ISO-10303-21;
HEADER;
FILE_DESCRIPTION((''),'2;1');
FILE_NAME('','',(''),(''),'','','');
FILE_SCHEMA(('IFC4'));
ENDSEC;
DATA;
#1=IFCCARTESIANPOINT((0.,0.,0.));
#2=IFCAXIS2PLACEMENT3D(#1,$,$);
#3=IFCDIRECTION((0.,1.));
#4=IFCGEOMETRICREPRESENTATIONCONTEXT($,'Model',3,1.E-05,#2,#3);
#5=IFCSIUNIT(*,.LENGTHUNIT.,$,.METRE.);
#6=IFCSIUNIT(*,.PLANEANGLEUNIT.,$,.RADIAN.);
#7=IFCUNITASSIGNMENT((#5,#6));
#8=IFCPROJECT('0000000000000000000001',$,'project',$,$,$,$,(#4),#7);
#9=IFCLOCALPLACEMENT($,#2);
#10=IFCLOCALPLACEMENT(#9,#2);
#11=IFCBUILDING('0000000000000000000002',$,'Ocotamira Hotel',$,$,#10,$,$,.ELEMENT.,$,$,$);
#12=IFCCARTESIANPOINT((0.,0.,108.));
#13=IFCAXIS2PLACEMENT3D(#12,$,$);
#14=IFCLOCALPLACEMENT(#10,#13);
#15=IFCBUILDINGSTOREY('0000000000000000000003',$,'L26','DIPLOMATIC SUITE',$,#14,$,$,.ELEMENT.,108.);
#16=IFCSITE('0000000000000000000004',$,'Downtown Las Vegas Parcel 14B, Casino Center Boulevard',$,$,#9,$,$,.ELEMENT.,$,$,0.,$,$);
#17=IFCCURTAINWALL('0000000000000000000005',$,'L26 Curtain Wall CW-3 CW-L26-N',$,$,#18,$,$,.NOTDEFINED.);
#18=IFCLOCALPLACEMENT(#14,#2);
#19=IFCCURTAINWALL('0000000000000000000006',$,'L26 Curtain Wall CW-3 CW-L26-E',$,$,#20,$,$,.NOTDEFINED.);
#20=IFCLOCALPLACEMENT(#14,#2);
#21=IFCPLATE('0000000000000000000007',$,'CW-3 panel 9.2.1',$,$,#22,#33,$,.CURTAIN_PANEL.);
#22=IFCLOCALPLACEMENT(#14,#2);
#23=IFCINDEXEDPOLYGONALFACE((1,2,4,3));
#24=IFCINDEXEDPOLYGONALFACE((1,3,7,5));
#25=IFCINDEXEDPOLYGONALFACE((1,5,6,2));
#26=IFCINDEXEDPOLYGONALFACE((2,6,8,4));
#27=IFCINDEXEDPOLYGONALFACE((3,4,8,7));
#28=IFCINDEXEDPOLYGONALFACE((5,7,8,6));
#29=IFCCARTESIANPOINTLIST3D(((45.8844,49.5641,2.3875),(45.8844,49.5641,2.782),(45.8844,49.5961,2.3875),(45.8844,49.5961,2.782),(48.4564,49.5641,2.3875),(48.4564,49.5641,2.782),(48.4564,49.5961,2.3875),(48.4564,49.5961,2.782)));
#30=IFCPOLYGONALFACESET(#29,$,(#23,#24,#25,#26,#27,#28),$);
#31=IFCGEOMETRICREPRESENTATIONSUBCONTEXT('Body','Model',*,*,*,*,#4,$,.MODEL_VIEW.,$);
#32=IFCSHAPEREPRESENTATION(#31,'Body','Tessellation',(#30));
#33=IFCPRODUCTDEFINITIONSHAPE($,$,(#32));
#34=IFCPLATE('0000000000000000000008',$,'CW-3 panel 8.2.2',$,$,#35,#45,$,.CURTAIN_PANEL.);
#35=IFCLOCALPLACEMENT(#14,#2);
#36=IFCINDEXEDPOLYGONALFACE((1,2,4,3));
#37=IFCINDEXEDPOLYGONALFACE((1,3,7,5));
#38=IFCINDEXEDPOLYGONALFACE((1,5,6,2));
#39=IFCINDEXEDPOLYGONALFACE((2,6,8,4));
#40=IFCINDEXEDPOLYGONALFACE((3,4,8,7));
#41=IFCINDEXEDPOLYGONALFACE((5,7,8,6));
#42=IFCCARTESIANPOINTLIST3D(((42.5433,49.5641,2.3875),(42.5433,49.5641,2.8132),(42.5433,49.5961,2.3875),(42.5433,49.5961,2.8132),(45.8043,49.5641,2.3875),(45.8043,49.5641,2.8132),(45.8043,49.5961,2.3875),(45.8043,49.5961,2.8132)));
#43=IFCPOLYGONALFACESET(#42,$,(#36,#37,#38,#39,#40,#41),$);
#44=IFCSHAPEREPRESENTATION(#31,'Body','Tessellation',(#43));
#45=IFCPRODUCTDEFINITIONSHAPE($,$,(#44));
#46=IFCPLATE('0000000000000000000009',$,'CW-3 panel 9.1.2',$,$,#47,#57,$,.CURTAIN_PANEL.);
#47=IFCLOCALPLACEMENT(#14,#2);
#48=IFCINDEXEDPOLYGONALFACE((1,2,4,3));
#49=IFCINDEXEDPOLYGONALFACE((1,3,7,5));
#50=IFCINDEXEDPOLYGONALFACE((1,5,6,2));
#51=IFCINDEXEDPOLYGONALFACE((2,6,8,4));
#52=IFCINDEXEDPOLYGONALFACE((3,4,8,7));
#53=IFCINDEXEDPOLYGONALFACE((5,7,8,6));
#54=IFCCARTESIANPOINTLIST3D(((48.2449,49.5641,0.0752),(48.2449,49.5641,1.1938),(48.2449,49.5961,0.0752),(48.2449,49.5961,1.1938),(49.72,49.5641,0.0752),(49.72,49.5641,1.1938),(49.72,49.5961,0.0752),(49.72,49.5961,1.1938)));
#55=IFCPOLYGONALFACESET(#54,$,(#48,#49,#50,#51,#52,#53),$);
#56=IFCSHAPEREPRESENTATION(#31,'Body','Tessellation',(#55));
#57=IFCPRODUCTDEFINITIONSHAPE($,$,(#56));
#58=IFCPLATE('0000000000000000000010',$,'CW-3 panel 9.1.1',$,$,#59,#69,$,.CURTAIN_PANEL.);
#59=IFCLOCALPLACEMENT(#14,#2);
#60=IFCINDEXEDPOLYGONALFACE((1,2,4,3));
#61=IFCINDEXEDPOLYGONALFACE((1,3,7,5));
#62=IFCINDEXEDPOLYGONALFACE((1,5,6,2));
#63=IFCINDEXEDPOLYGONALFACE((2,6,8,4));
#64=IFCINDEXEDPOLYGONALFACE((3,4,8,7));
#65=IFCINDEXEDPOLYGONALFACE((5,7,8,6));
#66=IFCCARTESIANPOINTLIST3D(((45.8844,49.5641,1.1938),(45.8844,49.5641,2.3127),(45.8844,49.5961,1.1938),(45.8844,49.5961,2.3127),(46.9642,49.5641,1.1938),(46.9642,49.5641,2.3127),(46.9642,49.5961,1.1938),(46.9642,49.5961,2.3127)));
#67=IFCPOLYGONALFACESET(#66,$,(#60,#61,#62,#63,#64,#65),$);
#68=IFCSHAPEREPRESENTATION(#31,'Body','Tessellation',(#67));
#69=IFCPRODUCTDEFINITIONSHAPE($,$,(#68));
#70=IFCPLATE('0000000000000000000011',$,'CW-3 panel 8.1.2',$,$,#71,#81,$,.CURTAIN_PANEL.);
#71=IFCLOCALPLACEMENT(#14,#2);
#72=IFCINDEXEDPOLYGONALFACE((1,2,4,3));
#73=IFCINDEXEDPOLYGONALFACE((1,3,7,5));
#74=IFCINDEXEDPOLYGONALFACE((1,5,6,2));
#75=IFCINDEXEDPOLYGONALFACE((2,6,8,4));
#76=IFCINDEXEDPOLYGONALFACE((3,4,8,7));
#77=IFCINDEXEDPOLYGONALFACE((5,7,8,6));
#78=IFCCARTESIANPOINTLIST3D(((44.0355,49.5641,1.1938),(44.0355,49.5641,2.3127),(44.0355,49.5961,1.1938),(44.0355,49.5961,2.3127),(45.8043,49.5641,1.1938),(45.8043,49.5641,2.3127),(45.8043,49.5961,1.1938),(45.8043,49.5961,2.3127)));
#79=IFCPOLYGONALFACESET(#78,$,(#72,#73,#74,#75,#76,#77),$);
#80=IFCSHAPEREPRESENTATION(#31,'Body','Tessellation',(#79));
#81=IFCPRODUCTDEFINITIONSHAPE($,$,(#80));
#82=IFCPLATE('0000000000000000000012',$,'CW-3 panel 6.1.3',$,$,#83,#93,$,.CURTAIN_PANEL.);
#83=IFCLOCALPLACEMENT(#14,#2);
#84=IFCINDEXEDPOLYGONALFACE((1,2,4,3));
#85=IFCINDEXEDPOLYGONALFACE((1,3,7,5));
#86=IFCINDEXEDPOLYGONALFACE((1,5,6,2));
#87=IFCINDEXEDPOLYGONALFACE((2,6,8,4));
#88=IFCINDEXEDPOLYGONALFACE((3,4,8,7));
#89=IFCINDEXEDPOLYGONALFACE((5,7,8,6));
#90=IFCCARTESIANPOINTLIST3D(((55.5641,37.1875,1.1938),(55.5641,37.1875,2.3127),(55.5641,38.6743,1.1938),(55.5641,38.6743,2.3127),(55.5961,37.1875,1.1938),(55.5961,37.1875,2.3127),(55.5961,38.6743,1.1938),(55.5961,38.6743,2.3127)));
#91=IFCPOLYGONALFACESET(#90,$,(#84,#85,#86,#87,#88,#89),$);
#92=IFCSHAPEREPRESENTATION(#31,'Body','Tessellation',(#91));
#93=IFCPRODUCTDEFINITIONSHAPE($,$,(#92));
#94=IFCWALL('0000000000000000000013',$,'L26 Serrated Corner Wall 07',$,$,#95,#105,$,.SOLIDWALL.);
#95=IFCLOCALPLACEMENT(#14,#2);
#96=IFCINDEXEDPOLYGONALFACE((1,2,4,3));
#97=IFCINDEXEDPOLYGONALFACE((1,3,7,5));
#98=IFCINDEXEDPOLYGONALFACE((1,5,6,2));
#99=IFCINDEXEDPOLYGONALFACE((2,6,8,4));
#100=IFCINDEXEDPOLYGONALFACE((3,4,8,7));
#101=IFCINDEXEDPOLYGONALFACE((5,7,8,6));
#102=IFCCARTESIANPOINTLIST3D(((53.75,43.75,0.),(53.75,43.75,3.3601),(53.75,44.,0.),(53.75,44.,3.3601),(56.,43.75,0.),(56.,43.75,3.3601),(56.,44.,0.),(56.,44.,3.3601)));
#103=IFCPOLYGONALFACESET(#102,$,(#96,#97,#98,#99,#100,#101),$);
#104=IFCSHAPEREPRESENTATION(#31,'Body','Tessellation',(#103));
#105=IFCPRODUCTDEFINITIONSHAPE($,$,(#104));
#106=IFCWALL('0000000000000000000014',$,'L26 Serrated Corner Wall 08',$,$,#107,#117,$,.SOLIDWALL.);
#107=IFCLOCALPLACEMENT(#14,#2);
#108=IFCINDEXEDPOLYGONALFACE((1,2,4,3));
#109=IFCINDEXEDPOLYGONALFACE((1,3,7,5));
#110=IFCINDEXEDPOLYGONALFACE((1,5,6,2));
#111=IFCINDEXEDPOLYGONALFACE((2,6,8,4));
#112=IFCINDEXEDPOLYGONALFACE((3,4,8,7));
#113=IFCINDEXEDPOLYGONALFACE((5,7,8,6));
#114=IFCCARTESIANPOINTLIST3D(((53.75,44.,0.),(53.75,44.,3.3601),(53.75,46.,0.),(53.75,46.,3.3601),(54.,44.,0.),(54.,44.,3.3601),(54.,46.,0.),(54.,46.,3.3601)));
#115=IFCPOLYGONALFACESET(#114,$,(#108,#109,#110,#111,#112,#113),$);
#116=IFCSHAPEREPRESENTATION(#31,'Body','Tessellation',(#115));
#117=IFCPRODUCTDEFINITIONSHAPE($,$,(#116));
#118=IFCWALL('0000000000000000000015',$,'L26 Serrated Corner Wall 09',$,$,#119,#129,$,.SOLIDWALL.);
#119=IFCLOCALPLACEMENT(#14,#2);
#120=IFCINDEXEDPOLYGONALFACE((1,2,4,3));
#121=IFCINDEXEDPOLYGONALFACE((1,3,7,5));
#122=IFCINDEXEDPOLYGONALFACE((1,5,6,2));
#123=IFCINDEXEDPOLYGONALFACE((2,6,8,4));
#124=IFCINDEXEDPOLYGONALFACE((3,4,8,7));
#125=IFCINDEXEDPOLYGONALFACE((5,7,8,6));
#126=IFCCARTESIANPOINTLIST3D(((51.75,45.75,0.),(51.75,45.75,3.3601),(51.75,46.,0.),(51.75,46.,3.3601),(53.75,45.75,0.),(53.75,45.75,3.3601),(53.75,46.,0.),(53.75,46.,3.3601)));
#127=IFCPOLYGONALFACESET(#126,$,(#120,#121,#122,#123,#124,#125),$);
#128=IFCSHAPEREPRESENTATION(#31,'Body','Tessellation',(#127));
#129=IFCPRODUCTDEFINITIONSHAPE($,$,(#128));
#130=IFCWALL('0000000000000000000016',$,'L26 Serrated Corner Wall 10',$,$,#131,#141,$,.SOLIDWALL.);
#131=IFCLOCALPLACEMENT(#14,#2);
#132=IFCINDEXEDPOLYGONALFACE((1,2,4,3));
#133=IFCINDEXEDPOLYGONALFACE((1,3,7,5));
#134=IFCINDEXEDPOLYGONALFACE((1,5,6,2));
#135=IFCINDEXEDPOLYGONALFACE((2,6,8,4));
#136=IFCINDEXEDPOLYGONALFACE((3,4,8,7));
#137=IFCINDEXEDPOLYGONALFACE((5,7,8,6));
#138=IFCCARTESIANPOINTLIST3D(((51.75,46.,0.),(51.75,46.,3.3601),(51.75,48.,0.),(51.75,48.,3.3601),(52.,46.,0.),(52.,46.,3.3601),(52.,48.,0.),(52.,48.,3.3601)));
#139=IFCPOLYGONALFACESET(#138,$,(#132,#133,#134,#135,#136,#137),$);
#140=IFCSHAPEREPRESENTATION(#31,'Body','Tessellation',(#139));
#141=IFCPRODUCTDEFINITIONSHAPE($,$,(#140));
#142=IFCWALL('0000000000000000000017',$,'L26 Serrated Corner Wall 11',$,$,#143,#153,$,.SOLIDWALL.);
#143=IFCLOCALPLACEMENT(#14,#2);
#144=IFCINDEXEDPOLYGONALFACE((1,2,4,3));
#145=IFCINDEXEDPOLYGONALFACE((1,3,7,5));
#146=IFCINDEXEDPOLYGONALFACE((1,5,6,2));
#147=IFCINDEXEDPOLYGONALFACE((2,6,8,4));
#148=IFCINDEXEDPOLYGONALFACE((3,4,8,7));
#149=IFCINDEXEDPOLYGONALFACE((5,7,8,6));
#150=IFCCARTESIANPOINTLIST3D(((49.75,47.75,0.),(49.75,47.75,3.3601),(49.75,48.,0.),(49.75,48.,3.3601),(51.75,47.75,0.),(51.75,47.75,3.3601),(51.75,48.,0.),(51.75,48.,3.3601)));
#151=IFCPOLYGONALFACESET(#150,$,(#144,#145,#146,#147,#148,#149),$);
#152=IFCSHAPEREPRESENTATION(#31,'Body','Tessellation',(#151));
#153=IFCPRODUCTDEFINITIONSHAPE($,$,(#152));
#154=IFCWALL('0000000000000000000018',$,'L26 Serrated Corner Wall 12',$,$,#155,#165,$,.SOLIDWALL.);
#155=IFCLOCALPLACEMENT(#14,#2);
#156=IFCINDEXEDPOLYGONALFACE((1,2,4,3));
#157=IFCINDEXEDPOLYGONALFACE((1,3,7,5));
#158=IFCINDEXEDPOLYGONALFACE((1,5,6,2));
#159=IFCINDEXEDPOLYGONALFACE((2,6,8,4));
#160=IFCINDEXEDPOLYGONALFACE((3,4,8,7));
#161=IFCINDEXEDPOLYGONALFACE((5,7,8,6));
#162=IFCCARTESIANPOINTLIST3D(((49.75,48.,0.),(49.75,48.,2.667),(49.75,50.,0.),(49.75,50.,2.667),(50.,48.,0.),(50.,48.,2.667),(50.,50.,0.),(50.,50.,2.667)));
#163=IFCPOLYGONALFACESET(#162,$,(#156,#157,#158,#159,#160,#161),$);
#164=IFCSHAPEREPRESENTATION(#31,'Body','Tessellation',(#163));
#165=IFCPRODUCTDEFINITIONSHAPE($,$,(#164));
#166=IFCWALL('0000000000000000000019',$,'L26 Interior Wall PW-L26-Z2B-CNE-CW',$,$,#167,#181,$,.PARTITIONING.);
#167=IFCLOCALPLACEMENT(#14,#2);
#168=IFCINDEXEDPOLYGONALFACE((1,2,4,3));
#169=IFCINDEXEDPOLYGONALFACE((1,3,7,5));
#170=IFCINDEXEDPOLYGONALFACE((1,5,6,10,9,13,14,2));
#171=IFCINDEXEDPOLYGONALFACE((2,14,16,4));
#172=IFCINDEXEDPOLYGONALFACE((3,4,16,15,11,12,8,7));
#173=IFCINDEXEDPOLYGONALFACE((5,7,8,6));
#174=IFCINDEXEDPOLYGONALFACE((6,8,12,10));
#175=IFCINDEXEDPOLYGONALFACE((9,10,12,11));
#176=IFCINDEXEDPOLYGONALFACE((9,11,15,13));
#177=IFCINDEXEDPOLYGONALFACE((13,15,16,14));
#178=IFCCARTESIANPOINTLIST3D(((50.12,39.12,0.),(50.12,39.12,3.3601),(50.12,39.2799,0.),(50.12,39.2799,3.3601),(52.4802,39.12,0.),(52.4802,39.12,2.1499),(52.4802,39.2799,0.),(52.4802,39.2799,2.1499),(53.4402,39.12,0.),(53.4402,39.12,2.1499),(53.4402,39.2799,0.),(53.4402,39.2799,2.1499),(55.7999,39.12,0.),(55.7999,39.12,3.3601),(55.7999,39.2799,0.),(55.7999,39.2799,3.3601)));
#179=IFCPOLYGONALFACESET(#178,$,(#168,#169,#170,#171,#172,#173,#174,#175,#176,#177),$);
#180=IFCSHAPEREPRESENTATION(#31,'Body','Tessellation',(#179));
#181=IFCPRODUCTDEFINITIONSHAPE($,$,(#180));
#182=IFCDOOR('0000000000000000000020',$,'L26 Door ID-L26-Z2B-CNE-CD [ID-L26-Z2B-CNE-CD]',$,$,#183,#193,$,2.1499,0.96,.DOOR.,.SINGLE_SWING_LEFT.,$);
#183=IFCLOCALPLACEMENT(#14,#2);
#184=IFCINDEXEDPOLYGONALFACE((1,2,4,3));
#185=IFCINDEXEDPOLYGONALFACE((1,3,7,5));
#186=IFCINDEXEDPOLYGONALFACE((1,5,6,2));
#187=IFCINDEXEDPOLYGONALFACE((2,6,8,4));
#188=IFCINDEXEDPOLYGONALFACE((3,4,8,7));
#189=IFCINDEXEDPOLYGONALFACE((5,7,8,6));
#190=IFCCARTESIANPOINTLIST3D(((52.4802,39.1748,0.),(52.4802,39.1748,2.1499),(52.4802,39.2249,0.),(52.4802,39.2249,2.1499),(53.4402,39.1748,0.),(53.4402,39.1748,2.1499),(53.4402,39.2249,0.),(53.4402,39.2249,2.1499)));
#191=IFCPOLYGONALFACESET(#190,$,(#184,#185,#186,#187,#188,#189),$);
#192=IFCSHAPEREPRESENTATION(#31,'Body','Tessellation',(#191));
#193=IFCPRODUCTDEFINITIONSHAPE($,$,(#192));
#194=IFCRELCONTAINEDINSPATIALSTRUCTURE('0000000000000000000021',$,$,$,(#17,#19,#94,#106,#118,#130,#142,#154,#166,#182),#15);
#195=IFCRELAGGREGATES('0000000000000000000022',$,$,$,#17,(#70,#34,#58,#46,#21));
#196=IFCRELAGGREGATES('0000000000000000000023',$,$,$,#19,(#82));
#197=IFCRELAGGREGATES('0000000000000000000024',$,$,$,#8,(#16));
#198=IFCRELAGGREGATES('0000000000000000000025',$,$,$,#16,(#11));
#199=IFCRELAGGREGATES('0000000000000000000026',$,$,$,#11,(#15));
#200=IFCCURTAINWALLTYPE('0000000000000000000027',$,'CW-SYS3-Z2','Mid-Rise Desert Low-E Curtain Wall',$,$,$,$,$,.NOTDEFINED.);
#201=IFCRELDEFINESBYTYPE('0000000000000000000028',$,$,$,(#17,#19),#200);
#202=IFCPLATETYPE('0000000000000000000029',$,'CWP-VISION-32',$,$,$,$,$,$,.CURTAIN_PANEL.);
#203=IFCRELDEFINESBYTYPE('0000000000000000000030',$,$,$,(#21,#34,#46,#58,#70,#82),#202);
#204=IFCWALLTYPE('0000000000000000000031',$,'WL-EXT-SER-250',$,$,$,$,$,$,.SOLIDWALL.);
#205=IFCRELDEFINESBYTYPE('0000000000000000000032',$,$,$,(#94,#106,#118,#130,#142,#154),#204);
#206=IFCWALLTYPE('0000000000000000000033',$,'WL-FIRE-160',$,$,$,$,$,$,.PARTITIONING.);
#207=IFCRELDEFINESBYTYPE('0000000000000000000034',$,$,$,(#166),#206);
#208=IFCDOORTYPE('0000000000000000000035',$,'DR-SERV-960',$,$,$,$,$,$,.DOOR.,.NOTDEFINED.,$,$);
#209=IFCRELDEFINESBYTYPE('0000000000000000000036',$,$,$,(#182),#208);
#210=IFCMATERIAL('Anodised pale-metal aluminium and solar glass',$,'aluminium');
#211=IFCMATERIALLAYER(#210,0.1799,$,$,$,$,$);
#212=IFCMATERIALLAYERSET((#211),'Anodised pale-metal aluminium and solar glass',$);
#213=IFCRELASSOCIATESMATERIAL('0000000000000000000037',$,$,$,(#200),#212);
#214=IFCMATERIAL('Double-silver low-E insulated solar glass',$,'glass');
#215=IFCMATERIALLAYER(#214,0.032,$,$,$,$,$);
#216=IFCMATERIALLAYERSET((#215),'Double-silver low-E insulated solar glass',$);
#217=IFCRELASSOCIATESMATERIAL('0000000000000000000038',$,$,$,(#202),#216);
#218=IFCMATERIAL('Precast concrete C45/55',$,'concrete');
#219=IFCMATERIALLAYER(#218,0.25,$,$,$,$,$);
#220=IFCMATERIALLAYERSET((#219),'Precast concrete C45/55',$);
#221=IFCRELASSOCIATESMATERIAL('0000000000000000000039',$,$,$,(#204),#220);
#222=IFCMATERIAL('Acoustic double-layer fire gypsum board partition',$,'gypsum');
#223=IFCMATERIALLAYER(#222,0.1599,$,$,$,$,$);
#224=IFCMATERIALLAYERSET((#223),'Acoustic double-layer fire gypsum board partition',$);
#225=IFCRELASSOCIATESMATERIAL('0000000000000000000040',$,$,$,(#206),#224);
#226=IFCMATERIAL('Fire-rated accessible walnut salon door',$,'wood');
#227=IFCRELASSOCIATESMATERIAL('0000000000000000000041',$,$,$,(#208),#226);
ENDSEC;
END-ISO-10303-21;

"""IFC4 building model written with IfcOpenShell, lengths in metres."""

from ifc_helpers import new_model, si_unit, direction, frame, frame_2d, origin, origin_2d, place, context, subcontext, project, spatial, rectangle, extrude, source, transform, mapped, material, layer, layer_set, type_object, element, fill, aggregate, save


model = new_model("IFC4")

# Units and contexts
model_context = context("Model", 3, precision=1e-05, world=origin(), true_north=direction((0.0, 1.0)))
body_context = subcontext(model_context, "Body", "Model", "MODEL_VIEW")
ifc_project = project(units=[si_unit("LENGTHUNIT", "METRE"), si_unit("PLANEANGLEUNIT", "RADIAN")], contexts=[model_context])

# Site, building, storey
site_placement = place(None, origin())
site = spatial("IfcSite", under=ifc_project, at=site_placement, Name="Downtown Las Vegas Parcel 14B, Casino Center Boulevard", CompositionType="ELEMENT", RefElevation=0.0)
building_placement = place(site_placement, origin())
building = spatial("IfcBuilding", under=site, at=building_placement, Name="Ocotamira Hotel", CompositionType="ELEMENT")
storey_placement = place(building_placement, frame((0.0, 0.0, 108.0)))
storey = spatial("IfcBuildingStorey", under=building, at=storey_placement, Name="L26", Description="DIPLOMATIC SUITE", CompositionType="ELEMENT", Elevation=108.0)

# Curtain walls
ifc_material_1 = material(Name="Anodised pale-metal aluminium and solar glass", Category="aluminium")
ifc_layer_1 = layer(ifc_material_1, 0.1799)
ifc_layer_set_1 = layer_set([ifc_layer_1], Name="Anodised pale-metal aluminium and solar glass")
curtain_wall_type = type_object("IfcCurtainWallType", Name="CW-SYS3-Z2", Description="Mid-Rise Desert Low-E Curtain Wall", PredefinedType="NOTDEFINED", material=ifc_layer_set_1)
curtain_wall_1_placement = place(storey_placement, origin())
curtain_wall_1 = element("IfcCurtainWall", 1, at=curtain_wall_1_placement, inside=storey, type_object=curtain_wall_type, Name="L26 Curtain Wall CW-3 CW-L26-N", PredefinedType="NOTDEFINED")
curtain_wall_2_placement = place(storey_placement, origin())
curtain_wall_2 = element("IfcCurtainWall", 2, at=curtain_wall_2_placement, inside=storey, type_object=curtain_wall_type, Name="L26 Curtain Wall CW-3 CW-L26-E", PredefinedType="NOTDEFINED")

# Plates
ifc_material_2 = material(Name="Double-silver low-E insulated solar glass", Category="glass")
ifc_layer_2 = layer(ifc_material_2, 0.032)
ifc_layer_set_2 = layer_set([ifc_layer_2], Name="Double-silver low-E insulated solar glass")
plate_type_1 = type_object("IfcPlateType", Name="CWP-VISION-32", PredefinedType="CURTAIN_PANEL", material=ifc_layer_set_2)
shared_shape_1 = source(origin(), body_context, "Body", "SweptSolid", [
    extrude(rectangle(XDim=2.572, YDim=0.032, at=origin_2d()), origin(), (0.0, 0.0, 1.0), 0.3945),
])
plate_1_placement = place(storey_placement, frame((47.1704, 49.5801, 2.3875), z_axis=(0.0, 0.0, 1.0), x_axis=(1.0, 0.0, 0.0)))
plate_1 = element("IfcPlate", 3, at=plate_1_placement, type_object=plate_type_1, Name="CW-3 panel 9.2.1", PredefinedType="CURTAIN_PANEL", context=body_context, shape_type="MappedRepresentation", body=[
    mapped(shared_shape_1, transform((0.0, 0.0, 0.0), scale=1.0)),
])
shared_shape_2 = source(origin(), body_context, "Body", "SweptSolid", [
    extrude(rectangle(XDim=3.261, YDim=0.032, at=origin_2d()), origin(), (0.0, 0.0, 1.0), 0.4258),
])
plate_2_placement = place(storey_placement, frame((44.1738, 49.5801, 2.3875), z_axis=(0.0, 0.0, 1.0), x_axis=(1.0, 0.0, 0.0)))
plate_2 = element("IfcPlate", 4, at=plate_2_placement, type_object=plate_type_1, Name="CW-3 panel 8.2.2", PredefinedType="CURTAIN_PANEL", context=body_context, shape_type="MappedRepresentation", body=[
    mapped(shared_shape_2, transform((0.0, 0.0, 0.0), scale=1.0)),
])
shared_shape_3 = source(origin(), body_context, "Body", "SweptSolid", [
    extrude(rectangle(XDim=1.4751, YDim=0.032, at=origin_2d()), origin(), (0.0, 0.0, 1.0), 1.1187),
])
plate_3_placement = place(storey_placement, frame((48.9824, 49.5801, 0.0752), z_axis=(0.0, 0.0, 1.0), x_axis=(1.0, 0.0, 0.0)))
plate_3 = element("IfcPlate", 5, at=plate_3_placement, type_object=plate_type_1, Name="CW-3 panel 9.1.2", PredefinedType="CURTAIN_PANEL", context=body_context, shape_type="MappedRepresentation", body=[
    mapped(shared_shape_3, transform((0.0, 0.0, 0.0), scale=1.0)),
])
shared_shape_4 = source(origin(), body_context, "Body", "SweptSolid", [
    extrude(rectangle(XDim=1.0798, YDim=0.032, at=origin_2d()), origin(), (0.0, 0.0, 1.0), 1.1189),
])
plate_4_placement = place(storey_placement, frame((46.4243, 49.5801, 1.1938), z_axis=(0.0, 0.0, 1.0), x_axis=(1.0, 0.0, 0.0)))
plate_4 = element("IfcPlate", 6, at=plate_4_placement, type_object=plate_type_1, Name="CW-3 panel 9.1.1", PredefinedType="CURTAIN_PANEL", context=body_context, shape_type="MappedRepresentation", body=[
    mapped(shared_shape_4, transform((0.0, 0.0, 0.0), scale=1.0)),
])
shared_shape_5 = source(origin(), body_context, "Body", "SweptSolid", [
    extrude(rectangle(XDim=1.7688, YDim=0.032, at=origin_2d()), origin(), (0.0, 0.0, 1.0), 1.1189),
])
plate_5_placement = place(storey_placement, frame((44.9199, 49.5801, 1.1938), z_axis=(0.0, 0.0, 1.0), x_axis=(1.0, 0.0, 0.0)))
plate_5 = element("IfcPlate", 7, at=plate_5_placement, type_object=plate_type_1, Name="CW-3 panel 8.1.2", PredefinedType="CURTAIN_PANEL", context=body_context, shape_type="MappedRepresentation", body=[
    mapped(shared_shape_5, transform((0.0, 0.0, 0.0), scale=1.0)),
])
aggregate(curtain_wall_1, [plate_5, plate_2, plate_4, plate_3, plate_1])
shared_shape_6 = source(origin(), body_context, "Body", "SweptSolid", [
    extrude(rectangle(XDim=1.4868, YDim=0.032, at=origin_2d()), origin(), (0.0, 0.0, 1.0), 1.1189),
])
plate_6_placement = place(storey_placement, frame((55.5801, 37.9309, 1.1938), z_axis=(0.0, 0.0, 1.0), x_axis=(0.0, 1.0, 0.0)))
plate_6 = element("IfcPlate", 8, at=plate_6_placement, type_object=plate_type_1, Name="CW-3 panel 6.1.3", PredefinedType="CURTAIN_PANEL", context=body_context, shape_type="MappedRepresentation", body=[
    mapped(shared_shape_6, transform((0.0, 0.0, 0.0), scale=1.0)),
])
aggregate(curtain_wall_2, [plate_6])

# Walls
ifc_material_3 = material(Name="Precast concrete C45/55", Category="concrete")
ifc_layer_3 = layer(ifc_material_3, 0.25)
ifc_layer_set_3 = layer_set([ifc_layer_3], Name="Precast concrete C45/55")
wall_type_1 = type_object("IfcWallType", Name="WL-EXT-SER-250", PredefinedType="SOLIDWALL", material=ifc_layer_set_3)
wall_1_placement = place(storey_placement, frame((56.0, 43.875, 0.0), z_axis=(0.0, 0.0, 1.0), x_axis=(-1.0, 0.0, 0.0)))
element("IfcWall", 9, at=wall_1_placement, inside=storey, type_object=wall_type_1, Name="L26 Serrated Corner Wall 07", PredefinedType="SOLIDWALL", context=body_context, shape_type="SweptSolid", body=[
    extrude(rectangle(XDim=2.25, YDim=0.25, at=frame_2d((1.125, 0.0))), origin(), (0.0, 0.0, 1.0), 3.3601),
])
for number, where, z_axis, x_axis, name in (
    (10, (53.875, 44.0, 0.0), (0.0, 0.0, 1.0), (0.0, 1.0, 0.0), "L26 Serrated Corner Wall 08"),
    (11, (53.75, 45.875, 0.0), (0.0, 0.0, 1.0), (-1.0, 0.0, 0.0), "L26 Serrated Corner Wall 09"),
    (12, (51.875, 46.0, 0.0), (0.0, 0.0, 1.0), (0.0, 1.0, 0.0), "L26 Serrated Corner Wall 10"),
    (13, (51.75, 47.875, 0.0), (0.0, 0.0, 1.0), (-1.0, 0.0, 0.0), "L26 Serrated Corner Wall 11"),
):
    element("IfcWall", number, at=place(storey_placement, frame(where, z_axis=z_axis, x_axis=x_axis)), inside=storey, type_object=wall_type_1, Name=name, PredefinedType="SOLIDWALL", context=body_context, shape_type="SweptSolid", body=[
        extrude(rectangle(XDim=2.0, YDim=0.25, at=frame_2d((1.0, 0.0))), origin(), (0.0, 0.0, 1.0), 3.3601),
    ])
wall_2_placement = place(storey_placement, frame((49.875, 48.0, 0.0), z_axis=(0.0, 0.0, 1.0), x_axis=(0.0, 1.0, 0.0)))
element("IfcWall", 14, at=wall_2_placement, inside=storey, type_object=wall_type_1, Name="L26 Serrated Corner Wall 12", PredefinedType="SOLIDWALL", context=body_context, shape_type="SweptSolid", body=[
    extrude(rectangle(XDim=2.0, YDim=0.25, at=frame_2d((1.0, 0.0))), origin(), (0.0, 0.0, 1.0), 2.667),
])

# Wall, opening, door
ifc_material_4 = material(Name="Acoustic double-layer fire gypsum board partition", Category="gypsum")
ifc_layer_4 = layer(ifc_material_4, 0.1599)
ifc_layer_set_4 = layer_set([ifc_layer_4], Name="Acoustic double-layer fire gypsum board partition")
wall_type_2 = type_object("IfcWallType", Name="WL-FIRE-160", PredefinedType="PARTITIONING", material=ifc_layer_set_4)
wall_3_placement = place(storey_placement, frame((50.1201, 39.2, 0.0), z_axis=(0.0, 0.0, 1.0), x_axis=(1.0, 0.0, 0.0)))
wall_3 = element("IfcWall", 15, at=wall_3_placement, inside=storey, type_object=wall_type_2, Name="L26 Interior Wall PW-L26-Z2B-CNE-CW", PredefinedType="PARTITIONING", context=body_context, shape_type="SweptSolid", body=[
    extrude(rectangle(XDim=5.6799, YDim=0.1599, at=frame_2d((2.8398, 0.0))), origin(), (0.0, 0.0, 1.0), 3.3601),
])
opening_1_placement = place(wall_3_placement, frame((2.3601, 0.0, 0.0)))
opening_1 = element("IfcOpeningElement", 16, at=opening_1_placement, cuts=wall_3, PredefinedType="OPENING", context=body_context, shape_type="SweptSolid", body=[
    extrude(rectangle(XDim=0.96, YDim=2.1499, at=frame_2d((0.48, 1.075))), frame((0.0, 0.0898, 0.0), z_axis=(0.0, -1.0, 0.0), x_axis=(1.0, 0.0, 0.0)), (0.0, 0.0, 1.0), 0.1799),
])
ifc_material_5 = material(Name="Fire-rated accessible walnut salon door", Category="wood")
door_type_1 = type_object("IfcDoorType", Name="DR-SERV-960", OperationType="NOTDEFINED", PredefinedType="DOOR", material=ifc_material_5)
shared_shape_7 = source(origin(), body_context, "Body", "SweptSolid", [
    extrude(rectangle(XDim=0.96, YDim=2.1499, at=frame_2d((0.48, 1.075))), frame((0.0, 0.0249, 0.0), z_axis=(0.0, -1.0, 0.0), x_axis=(1.0, 0.0, 0.0)), (0.0, 0.0, 1.0), 0.05),
])
door_1_placement = place(opening_1_placement, origin())
door_1 = element("IfcDoor", 17, at=door_1_placement, inside=storey, type_object=door_type_1, Name="L26 Door ID-L26-Z2B-CNE-CD [ID-L26-Z2B-CNE-CD]", OperationType="SINGLE_SWING_LEFT", OverallHeight=2.1499, OverallWidth=0.96, PredefinedType="DOOR", context=body_context, shape_type="MappedRepresentation", body=[
    mapped(shared_shape_7, transform((0.0, 0.0, 0.0), scale=1.0)),
])
fill(opening_1, door_1)

save(model, "model.ifc")
